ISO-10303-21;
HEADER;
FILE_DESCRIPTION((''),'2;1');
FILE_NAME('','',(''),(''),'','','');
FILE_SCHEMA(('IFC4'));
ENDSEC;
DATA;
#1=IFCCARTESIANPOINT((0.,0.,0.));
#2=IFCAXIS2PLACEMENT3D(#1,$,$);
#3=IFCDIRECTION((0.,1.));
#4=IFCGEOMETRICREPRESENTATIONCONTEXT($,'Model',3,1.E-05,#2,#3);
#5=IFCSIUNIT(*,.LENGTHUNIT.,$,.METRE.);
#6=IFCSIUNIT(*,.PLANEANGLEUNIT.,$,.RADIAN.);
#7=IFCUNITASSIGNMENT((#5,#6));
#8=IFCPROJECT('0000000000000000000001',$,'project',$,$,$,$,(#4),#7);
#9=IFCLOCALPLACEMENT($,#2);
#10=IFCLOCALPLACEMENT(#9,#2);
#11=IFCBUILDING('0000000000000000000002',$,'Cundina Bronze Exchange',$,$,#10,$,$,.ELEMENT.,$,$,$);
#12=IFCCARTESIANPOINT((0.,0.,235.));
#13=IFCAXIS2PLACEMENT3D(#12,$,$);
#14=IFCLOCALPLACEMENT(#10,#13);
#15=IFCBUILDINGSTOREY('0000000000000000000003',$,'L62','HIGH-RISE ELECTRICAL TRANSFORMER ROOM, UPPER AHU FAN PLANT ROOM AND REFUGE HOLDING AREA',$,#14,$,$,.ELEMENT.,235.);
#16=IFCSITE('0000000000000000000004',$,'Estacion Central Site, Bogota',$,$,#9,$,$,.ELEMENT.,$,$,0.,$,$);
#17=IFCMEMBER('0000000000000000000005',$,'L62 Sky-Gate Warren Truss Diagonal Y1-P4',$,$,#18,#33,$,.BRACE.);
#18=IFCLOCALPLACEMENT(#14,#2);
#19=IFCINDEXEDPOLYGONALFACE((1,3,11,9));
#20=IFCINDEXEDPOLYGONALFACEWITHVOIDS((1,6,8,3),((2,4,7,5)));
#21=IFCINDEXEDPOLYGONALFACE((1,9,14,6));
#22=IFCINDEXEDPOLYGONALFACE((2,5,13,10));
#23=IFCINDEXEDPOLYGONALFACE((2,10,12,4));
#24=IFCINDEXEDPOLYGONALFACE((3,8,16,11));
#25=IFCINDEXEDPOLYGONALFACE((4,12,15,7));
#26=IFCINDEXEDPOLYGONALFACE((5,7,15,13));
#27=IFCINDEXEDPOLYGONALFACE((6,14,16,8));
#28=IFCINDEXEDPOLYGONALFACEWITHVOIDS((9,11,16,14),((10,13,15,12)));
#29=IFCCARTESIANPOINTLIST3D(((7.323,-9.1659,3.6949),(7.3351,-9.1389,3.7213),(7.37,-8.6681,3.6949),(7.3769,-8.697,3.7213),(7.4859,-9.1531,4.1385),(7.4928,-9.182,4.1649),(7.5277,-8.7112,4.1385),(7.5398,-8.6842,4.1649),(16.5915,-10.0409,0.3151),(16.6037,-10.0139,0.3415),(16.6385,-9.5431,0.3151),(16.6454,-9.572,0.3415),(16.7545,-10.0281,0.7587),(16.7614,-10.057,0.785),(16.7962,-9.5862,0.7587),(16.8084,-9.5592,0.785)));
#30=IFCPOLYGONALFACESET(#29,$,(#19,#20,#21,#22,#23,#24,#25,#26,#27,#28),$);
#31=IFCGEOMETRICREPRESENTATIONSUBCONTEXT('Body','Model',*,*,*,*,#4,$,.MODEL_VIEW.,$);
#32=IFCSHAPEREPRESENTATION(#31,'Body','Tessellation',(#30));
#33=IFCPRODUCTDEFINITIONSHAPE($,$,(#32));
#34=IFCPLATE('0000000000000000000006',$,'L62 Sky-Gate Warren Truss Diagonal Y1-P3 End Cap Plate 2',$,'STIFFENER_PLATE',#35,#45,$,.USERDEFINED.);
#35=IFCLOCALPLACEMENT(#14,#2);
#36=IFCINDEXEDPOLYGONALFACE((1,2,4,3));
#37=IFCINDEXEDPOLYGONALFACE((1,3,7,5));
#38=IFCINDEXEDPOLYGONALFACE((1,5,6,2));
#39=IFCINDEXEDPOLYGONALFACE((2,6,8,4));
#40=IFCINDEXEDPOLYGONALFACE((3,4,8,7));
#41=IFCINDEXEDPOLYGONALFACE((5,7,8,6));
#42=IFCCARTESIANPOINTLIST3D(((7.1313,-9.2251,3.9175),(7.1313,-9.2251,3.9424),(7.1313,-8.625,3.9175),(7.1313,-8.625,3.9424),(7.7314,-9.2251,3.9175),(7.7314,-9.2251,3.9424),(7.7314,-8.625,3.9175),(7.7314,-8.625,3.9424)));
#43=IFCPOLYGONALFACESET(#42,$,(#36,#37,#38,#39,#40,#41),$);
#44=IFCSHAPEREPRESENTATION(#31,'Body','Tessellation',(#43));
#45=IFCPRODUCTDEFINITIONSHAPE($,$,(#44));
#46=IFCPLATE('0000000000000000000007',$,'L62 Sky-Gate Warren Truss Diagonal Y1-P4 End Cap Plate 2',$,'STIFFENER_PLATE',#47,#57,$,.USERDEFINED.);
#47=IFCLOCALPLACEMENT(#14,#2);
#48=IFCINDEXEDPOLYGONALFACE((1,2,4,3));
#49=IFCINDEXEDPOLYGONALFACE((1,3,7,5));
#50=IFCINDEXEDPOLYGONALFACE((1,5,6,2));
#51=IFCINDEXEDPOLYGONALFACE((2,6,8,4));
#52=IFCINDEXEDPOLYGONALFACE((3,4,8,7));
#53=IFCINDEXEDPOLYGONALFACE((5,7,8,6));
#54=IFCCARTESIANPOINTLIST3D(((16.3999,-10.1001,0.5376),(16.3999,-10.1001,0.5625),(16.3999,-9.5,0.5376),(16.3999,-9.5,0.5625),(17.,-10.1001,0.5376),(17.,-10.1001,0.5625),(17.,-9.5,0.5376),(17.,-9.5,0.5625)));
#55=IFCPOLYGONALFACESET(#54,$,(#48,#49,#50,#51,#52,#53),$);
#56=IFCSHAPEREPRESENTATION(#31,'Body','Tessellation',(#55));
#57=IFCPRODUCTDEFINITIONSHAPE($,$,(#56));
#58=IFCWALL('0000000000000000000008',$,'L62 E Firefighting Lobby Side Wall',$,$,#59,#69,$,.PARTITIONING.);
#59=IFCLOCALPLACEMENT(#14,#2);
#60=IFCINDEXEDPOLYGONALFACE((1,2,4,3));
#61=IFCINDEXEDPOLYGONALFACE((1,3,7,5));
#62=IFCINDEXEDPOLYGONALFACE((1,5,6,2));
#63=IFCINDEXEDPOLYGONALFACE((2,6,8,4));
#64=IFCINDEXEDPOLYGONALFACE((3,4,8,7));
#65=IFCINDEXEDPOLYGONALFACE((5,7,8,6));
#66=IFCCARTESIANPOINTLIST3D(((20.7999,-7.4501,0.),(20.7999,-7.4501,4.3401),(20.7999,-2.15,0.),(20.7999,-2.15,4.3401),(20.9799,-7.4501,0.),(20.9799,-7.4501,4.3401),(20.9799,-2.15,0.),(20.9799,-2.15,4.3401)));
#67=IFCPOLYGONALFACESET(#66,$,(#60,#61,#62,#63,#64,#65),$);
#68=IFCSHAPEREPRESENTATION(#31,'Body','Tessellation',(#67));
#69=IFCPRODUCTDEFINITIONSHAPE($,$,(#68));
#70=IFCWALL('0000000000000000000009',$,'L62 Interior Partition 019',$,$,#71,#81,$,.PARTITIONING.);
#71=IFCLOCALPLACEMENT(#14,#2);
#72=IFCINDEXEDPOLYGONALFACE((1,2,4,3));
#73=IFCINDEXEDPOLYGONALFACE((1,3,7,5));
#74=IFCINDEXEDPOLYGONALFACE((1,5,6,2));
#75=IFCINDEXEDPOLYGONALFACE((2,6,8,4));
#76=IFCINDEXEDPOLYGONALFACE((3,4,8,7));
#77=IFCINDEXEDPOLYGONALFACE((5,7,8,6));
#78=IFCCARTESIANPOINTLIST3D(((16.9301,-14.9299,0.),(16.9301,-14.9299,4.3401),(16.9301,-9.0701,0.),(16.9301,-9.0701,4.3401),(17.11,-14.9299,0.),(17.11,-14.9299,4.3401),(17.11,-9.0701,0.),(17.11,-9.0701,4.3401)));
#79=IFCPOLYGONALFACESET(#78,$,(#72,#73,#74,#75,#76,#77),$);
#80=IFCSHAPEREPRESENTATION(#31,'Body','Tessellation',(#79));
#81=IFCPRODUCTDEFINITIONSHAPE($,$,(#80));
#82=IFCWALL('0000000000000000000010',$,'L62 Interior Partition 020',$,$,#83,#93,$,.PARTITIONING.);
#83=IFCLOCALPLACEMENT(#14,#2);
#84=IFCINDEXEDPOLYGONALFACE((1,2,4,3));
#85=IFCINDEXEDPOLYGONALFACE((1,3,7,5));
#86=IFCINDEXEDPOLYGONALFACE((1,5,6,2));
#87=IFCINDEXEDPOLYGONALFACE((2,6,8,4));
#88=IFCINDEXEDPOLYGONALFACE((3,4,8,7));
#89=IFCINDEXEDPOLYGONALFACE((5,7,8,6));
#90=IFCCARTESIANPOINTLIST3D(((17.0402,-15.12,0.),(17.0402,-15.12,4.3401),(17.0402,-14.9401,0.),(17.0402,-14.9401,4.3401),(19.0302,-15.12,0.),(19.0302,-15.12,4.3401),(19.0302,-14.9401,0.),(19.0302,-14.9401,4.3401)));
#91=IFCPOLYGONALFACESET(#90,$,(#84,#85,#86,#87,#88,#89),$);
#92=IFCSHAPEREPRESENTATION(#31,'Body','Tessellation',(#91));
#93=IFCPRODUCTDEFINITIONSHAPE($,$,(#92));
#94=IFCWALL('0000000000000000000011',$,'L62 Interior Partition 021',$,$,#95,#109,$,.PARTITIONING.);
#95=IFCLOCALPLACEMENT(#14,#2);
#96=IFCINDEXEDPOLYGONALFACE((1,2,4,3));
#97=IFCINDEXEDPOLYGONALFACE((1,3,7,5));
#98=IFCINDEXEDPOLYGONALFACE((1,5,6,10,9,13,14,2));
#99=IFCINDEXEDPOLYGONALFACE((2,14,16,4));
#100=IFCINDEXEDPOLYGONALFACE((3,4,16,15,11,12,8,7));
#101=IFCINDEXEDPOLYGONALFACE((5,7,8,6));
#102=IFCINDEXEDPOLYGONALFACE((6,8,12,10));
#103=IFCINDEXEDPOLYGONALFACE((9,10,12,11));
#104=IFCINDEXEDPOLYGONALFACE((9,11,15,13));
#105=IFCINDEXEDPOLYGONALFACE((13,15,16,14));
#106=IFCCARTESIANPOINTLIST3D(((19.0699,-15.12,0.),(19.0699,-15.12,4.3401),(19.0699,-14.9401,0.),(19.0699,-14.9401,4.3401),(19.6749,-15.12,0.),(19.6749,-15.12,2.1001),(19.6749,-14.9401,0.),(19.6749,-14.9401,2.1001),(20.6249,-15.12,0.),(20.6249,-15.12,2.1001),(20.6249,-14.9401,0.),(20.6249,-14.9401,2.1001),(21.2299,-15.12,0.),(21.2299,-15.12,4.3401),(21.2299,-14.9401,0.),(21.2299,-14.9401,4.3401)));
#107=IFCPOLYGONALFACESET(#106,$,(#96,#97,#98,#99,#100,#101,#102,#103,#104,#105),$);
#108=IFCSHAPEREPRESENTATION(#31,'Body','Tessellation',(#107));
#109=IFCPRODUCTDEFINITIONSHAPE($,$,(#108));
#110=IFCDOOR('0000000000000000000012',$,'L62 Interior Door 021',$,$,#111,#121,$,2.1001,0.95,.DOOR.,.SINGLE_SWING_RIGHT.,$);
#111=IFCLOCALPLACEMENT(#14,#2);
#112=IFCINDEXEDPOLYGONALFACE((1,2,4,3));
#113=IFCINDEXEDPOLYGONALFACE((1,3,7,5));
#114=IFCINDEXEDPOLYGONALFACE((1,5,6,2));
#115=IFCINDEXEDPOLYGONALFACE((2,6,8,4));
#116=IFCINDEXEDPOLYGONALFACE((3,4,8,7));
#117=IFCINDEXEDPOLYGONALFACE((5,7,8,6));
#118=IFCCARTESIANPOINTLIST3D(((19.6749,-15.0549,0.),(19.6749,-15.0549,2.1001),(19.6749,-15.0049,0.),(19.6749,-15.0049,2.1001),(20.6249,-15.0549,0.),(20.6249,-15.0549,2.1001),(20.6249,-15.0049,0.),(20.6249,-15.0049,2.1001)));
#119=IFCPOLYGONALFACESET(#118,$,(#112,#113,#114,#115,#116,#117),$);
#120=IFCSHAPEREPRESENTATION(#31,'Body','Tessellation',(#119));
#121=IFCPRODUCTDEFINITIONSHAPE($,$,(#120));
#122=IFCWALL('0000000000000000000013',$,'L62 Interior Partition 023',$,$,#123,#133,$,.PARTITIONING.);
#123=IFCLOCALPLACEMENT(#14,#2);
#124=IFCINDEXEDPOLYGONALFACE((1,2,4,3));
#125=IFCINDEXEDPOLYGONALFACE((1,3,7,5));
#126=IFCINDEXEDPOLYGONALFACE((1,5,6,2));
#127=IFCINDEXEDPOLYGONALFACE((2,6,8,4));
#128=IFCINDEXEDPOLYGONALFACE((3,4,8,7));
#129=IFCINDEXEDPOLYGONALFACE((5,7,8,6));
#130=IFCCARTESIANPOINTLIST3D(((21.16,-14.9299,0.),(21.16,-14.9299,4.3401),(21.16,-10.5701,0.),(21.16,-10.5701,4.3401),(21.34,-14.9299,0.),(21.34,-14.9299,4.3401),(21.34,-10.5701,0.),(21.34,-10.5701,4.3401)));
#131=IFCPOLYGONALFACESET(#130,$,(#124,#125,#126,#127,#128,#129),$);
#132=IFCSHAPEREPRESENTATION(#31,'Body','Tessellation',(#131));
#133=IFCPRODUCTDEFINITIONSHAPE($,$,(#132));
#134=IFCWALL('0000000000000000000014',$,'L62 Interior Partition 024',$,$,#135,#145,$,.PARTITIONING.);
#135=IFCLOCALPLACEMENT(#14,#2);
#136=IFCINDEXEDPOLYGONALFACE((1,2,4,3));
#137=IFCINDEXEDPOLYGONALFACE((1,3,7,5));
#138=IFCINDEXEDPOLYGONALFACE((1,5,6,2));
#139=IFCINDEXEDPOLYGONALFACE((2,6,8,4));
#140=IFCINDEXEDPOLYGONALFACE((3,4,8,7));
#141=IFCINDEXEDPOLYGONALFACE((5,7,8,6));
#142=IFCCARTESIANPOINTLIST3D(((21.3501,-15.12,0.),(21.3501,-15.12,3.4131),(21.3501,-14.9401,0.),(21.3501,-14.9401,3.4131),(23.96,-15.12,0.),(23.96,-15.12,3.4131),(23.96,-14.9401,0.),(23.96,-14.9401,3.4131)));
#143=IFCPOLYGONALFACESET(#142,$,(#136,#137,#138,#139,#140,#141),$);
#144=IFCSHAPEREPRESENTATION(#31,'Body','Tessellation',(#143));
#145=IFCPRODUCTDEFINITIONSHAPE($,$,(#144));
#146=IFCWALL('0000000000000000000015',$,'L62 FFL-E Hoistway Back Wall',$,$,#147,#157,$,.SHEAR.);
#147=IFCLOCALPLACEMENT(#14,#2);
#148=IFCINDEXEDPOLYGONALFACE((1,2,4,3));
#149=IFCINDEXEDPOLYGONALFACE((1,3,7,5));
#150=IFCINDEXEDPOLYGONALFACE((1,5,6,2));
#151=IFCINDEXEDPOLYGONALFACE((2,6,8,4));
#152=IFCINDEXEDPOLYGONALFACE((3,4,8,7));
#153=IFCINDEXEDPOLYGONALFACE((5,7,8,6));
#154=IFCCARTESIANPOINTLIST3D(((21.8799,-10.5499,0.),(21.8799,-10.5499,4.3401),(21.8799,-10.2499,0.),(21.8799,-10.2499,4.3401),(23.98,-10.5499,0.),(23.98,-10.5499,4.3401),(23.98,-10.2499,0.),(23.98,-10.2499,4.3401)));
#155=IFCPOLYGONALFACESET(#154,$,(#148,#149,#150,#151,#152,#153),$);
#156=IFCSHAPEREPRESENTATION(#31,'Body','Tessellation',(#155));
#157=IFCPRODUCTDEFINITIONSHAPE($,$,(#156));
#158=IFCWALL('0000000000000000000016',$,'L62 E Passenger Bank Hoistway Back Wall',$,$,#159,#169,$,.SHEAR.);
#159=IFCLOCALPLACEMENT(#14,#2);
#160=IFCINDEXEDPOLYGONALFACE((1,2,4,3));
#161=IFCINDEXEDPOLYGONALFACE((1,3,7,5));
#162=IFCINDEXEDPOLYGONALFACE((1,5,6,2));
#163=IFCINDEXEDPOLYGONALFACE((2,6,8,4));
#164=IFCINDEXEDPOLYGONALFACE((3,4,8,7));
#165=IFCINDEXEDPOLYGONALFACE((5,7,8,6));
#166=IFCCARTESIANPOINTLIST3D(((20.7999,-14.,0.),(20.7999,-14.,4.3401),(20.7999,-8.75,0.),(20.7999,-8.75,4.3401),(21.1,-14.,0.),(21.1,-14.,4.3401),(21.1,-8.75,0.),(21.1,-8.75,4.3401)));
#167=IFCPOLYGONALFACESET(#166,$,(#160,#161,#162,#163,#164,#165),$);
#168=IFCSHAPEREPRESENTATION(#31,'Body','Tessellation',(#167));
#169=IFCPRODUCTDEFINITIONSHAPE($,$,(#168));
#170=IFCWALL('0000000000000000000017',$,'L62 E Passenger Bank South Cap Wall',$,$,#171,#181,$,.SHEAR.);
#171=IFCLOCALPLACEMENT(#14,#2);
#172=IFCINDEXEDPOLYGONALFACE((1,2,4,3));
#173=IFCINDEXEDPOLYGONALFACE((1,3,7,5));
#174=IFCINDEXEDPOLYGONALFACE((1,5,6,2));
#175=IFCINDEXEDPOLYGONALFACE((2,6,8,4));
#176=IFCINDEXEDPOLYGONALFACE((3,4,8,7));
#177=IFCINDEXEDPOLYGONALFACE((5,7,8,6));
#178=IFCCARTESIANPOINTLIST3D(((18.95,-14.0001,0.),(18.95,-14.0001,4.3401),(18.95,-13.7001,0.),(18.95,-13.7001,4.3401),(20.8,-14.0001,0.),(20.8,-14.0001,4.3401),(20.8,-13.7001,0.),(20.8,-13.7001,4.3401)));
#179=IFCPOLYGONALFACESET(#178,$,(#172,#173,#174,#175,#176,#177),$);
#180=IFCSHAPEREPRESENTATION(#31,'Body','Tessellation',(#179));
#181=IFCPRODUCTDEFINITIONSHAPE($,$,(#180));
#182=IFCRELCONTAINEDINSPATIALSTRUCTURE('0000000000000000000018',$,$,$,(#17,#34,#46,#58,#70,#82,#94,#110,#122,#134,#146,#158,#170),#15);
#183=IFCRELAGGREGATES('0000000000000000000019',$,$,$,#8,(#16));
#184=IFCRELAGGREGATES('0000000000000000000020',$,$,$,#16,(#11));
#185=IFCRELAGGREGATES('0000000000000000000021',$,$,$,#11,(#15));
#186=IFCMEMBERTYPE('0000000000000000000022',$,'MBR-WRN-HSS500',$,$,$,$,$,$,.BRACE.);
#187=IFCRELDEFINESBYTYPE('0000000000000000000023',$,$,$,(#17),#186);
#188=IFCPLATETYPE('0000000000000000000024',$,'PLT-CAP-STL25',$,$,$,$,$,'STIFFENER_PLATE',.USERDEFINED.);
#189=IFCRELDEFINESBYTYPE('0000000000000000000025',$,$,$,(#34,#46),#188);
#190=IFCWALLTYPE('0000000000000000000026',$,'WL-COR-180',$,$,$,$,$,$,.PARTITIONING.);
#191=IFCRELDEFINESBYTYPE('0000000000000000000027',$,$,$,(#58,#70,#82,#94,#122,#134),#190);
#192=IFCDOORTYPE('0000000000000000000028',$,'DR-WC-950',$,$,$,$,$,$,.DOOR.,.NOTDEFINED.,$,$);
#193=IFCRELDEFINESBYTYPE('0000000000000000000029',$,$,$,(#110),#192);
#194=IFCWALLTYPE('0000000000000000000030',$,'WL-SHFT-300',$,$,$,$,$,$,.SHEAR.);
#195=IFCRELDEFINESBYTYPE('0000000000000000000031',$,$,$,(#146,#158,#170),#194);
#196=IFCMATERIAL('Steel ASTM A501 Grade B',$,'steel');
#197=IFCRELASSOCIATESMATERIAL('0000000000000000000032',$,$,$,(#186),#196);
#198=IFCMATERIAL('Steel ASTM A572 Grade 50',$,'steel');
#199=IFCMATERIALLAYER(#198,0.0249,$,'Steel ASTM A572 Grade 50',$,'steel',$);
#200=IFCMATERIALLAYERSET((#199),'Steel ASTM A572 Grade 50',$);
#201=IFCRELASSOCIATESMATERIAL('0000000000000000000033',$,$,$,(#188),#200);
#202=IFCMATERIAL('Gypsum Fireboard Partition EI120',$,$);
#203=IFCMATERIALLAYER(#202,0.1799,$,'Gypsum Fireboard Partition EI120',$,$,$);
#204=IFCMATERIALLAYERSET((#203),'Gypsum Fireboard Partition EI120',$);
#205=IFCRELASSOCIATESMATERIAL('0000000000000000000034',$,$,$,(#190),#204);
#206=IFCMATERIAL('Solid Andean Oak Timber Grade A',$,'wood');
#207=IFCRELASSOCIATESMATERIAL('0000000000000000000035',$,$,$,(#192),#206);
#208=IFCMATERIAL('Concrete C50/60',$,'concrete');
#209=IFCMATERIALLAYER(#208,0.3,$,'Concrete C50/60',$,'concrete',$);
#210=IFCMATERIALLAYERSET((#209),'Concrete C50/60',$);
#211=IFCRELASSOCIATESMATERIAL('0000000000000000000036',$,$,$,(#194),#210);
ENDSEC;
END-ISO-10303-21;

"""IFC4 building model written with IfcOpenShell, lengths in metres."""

from ifc_helpers import new_model, si_unit, direction, frame, frame_2d, origin, origin_2d, place, context, subcontext, project, spatial, rectangle, hollow_rectangle, extrude, material, layer, layer_set, material_profile, profile_set, type_object, element, fill, save


model = new_model("IFC4")

# Units and contexts
model_context = context("Model", 3, precision=1e-05, world=origin(), true_north=direction((0.0, 1.0)))
body_context = subcontext(model_context, "Body", "Model", "MODEL_VIEW")
ifc_project = project(units=[si_unit("LENGTHUNIT", "METRE"), si_unit("PLANEANGLEUNIT", "RADIAN")], contexts=[model_context])

# Site, building, storey
site_placement = place(None, origin())
site = spatial("IfcSite", under=ifc_project, at=site_placement, Name="Estacion Central Site, Bogota", CompositionType="ELEMENT", RefElevation=0.0)
building_placement = place(site_placement, origin())
building = spatial("IfcBuilding", under=site, at=building_placement, Name="Cundina Bronze Exchange", CompositionType="ELEMENT")
storey_placement = place(building_placement, frame((0.0, 0.0, 235.0)))
storey = spatial("IfcBuildingStorey", under=building, at=storey_placement, Name="L62", Description="HIGH-RISE ELECTRICAL TRANSFORMER ROOM, UPPER AHU FAN PLANT ROOM AND REFUGE HOLDING AREA", CompositionType="ELEMENT", Elevation=235.0)

# Shared definitions
ifc_material_1 = material(Name="Concrete C50/60", Category="concrete")

# Member
ifc_material_2 = material(Name="Steel ASTM A501 Grade B", Category="steel")
ifc_material_profile_1 = material_profile(ifc_material_2, hollow_rectangle(XDim=0.5, YDim=0.5, WallThickness=0.0281, at=origin_2d()), Name="HSS500X500X28", Category="steel")
ifc_profile_set_1 = profile_set([ifc_material_profile_1], Name="Steel ASTM A501 Grade B")
member_type = type_object("IfcMemberType", Name="MBR-WRN-HSS500", PredefinedType="BRACE", material=ifc_profile_set_1)
member_placement = place(storey_placement, frame((7.4314, -8.925, 3.9299), z_axis=(0.93581, -0.088345, -0.341254), x_axis=(0.093987, 0.995573, 0.0)))
element("IfcMember", 1, at=member_placement, inside=storey, type_object=member_type, Name="L62 Sky-Gate Warren Truss Diagonal Y1-P4", PredefinedType="BRACE", context=body_context, shape_type="SweptSolid", body=[
    extrude(hollow_rectangle(XDim=0.5, YDim=0.5, WallThickness=0.0281, at=origin_2d()), origin(), (0.0, 0.0, 1.0), 9.9043),
])

# Plates
ifc_material_3 = material(Name="Steel ASTM A572 Grade 50", Category="steel")
ifc_layer_1 = layer(ifc_material_3, 0.0249, Name="Steel ASTM A572 Grade 50", Category="steel")
ifc_layer_set_1 = layer_set([ifc_layer_1], Name="Steel ASTM A572 Grade 50")
plate_type = type_object("IfcPlateType", Name="PLT-CAP-STL25", ElementType="STIFFENER_PLATE", PredefinedType="USERDEFINED", material=ifc_layer_set_1)
for number, where, z_axis, x_axis, name in (
    (2, (7.4314, -8.925, 3.9175), (0.0, 0.0, 1.0), (1.0, 0.0, 0.0), "L62 Sky-Gate Warren Truss Diagonal Y1-P3 End Cap Plate 2"),
    (3, (16.7, -9.8, 0.5376), (0.0, 0.0, 1.0), (1.0, 0.0, 0.0), "L62 Sky-Gate Warren Truss Diagonal Y1-P4 End Cap Plate 2"),
):
    element("IfcPlate", number, at=place(storey_placement, frame(where, z_axis=z_axis, x_axis=x_axis)), inside=storey, type_object=plate_type, Name=name, ObjectType="STIFFENER_PLATE", PredefinedType="USERDEFINED", context=body_context, shape_type="SweptSolid", body=[
        extrude(rectangle(XDim=0.6001, YDim=0.6001, at=origin_2d()), origin(), (0.0, 0.0, 1.0), 0.0249),
    ])

# Walls
ifc_material_4 = material(Name="Gypsum Fireboard Partition EI120")
ifc_layer_2 = layer(ifc_material_4, 0.1799, Name="Gypsum Fireboard Partition EI120")
ifc_layer_set_2 = layer_set([ifc_layer_2], Name="Gypsum Fireboard Partition EI120")
wall_type_1 = type_object("IfcWallType", Name="WL-COR-180", PredefinedType="PARTITIONING", material=ifc_layer_set_2)
wall_1_placement = place(storey_placement, frame((20.8899, -7.45, 0.0), z_axis=(0.0, 0.0, 1.0), x_axis=(0.0, 1.0, 0.0)))
element("IfcWall", 4, at=wall_1_placement, inside=storey, type_object=wall_type_1, Name="L62 E Firefighting Lobby Side Wall", PredefinedType="PARTITIONING", context=body_context, shape_type="SweptSolid", body=[
    extrude(rectangle(XDim=5.3, YDim=0.1799, at=frame_2d((2.6499, 0.0))), origin(), (0.0, 0.0, 1.0), 4.3401),
])
wall_2_placement = place(storey_placement, frame((17.02, -14.9299, 0.0), z_axis=(0.0, 0.0, 1.0), x_axis=(0.0, 1.0, 0.0)))
element("IfcWall", 5, at=wall_2_placement, inside=storey, type_object=wall_type_1, Name="L62 Interior Partition 019", PredefinedType="PARTITIONING", context=body_context, shape_type="SweptSolid", body=[
    extrude(rectangle(XDim=5.8599, YDim=0.1799, at=frame_2d((2.9299, 0.0))), origin(), (0.0, 0.0, 1.0), 4.3401),
])
wall_3_placement = place(storey_placement, frame((17.04, -15.03, 0.0), z_axis=(0.0, 0.0, 1.0), x_axis=(1.0, 0.0, 0.0)))
element("IfcWall", 6, at=wall_3_placement, inside=storey, type_object=wall_type_1, Name="L62 Interior Partition 020", PredefinedType="PARTITIONING", context=body_context, shape_type="SweptSolid", body=[
    extrude(rectangle(XDim=1.99, YDim=0.1799, at=frame_2d((0.9951, 0.0))), origin(), (0.0, 0.0, 1.0), 4.3401),
])

# Wall, opening, door
wall_4_placement = place(storey_placement, frame((21.23, -15.03, 0.0), z_axis=(0.0, 0.0, 1.0), x_axis=(-1.0, 0.0, 0.0)))
wall_4 = element("IfcWall", 7, at=wall_4_placement, inside=storey, type_object=wall_type_1, Name="L62 Interior Partition 021", PredefinedType="PARTITIONING", context=body_context, shape_type="SweptSolid", body=[
    extrude(rectangle(XDim=2.1599, YDim=0.1799, at=frame_2d((1.0801, 0.0))), origin(), (0.0, 0.0, 1.0), 4.3401),
])
opening_1_placement = place(wall_4_placement, frame((0.605, 0.0, 0.0)))
opening_1 = element("IfcOpeningElement", 8, at=opening_1_placement, cuts=wall_4, PredefinedType="OPENING", context=body_context, shape_type="SweptSolid", body=[
    extrude(rectangle(XDim=0.95, YDim=2.1001, at=frame_2d((0.4751, 1.05))), frame((0.0, 0.0999, 0.0), z_axis=(0.0, -1.0, 0.0), x_axis=(1.0, 0.0, 0.0)), (0.0, 0.0, 1.0), 0.2),
])
ifc_material_5 = material(Name="Solid Andean Oak Timber Grade A", Category="wood")
door_type_1 = type_object("IfcDoorType", Name="DR-WC-950", OperationType="NOTDEFINED", PredefinedType="DOOR", material=ifc_material_5)
door_1_placement = place(opening_1_placement, origin())
door_1 = element("IfcDoor", 9, at=door_1_placement, inside=storey, type_object=door_type_1, Name="L62 Interior Door 021", OperationType="SINGLE_SWING_RIGHT", OverallHeight=2.1001, OverallWidth=0.95, PredefinedType="DOOR", context=body_context, shape_type="SweptSolid", body=[
    extrude(rectangle(XDim=0.95, YDim=2.1001, at=frame_2d((0.4751, 1.05))), frame((0.0, 0.0249, 0.0), z_axis=(0.0, -1.0, 0.0), x_axis=(1.0, 0.0, 0.0)), (0.0, 0.0, 1.0), 0.05),
])
fill(opening_1, door_1)

# Walls
wall_5_placement = place(storey_placement, frame((21.25, -14.9299, 0.0), z_axis=(0.0, 0.0, 1.0), x_axis=(0.0, 1.0, 0.0)))
element("IfcWall", 10, at=wall_5_placement, inside=storey, type_object=wall_type_1, Name="L62 Interior Partition 023", PredefinedType="PARTITIONING", context=body_context, shape_type="SweptSolid", body=[
    extrude(rectangle(XDim=4.3599, YDim=0.1799, at=frame_2d((2.1799, 0.0))), origin(), (0.0, 0.0, 1.0), 4.3401),
])
wall_6_placement = place(storey_placement, frame((21.3501, -15.03, 0.0), z_axis=(0.0, 0.0, 1.0), x_axis=(1.0, 0.0, 0.0)))
element("IfcWall", 11, at=wall_6_placement, inside=storey, type_object=wall_type_1, Name="L62 Interior Partition 024", PredefinedType="PARTITIONING", context=body_context, shape_type="SweptSolid", body=[
    extrude(rectangle(XDim=2.6099, YDim=0.1799, at=frame_2d((1.3049, 0.0))), origin(), (0.0, 0.0, 1.0), 3.4131),
])
ifc_layer_3 = layer(ifc_material_1, 0.3, Name="Concrete C50/60", Category="concrete")
ifc_layer_set_3 = layer_set([ifc_layer_3], Name="Concrete C50/60")
wall_type_2 = type_object("IfcWallType", Name="WL-SHFT-300", PredefinedType="SHEAR", material=ifc_layer_set_3)
wall_7_placement = place(storey_placement, frame((21.8799, -10.3999, 0.0), z_axis=(0.0, 0.0, 1.0), x_axis=(1.0, 0.0, 0.0)))
element("IfcWall", 12, at=wall_7_placement, inside=storey, type_object=wall_type_2, Name="L62 FFL-E Hoistway Back Wall", PredefinedType="SHEAR", context=body_context, shape_type="SweptSolid", body=[
    extrude(rectangle(XDim=2.1001, YDim=0.3, at=frame_2d((1.05, 0.0))), origin(), (0.0, 0.0, 1.0), 4.3401),
])
wall_8_placement = place(storey_placement, frame((20.95, -14.0, 0.0), z_axis=(0.0, 0.0, 1.0), x_axis=(0.0, 1.0, 0.0)))
element("IfcWall", 13, at=wall_8_placement, inside=storey, type_object=wall_type_2, Name="L62 E Passenger Bank Hoistway Back Wall", PredefinedType="SHEAR", context=body_context, shape_type="SweptSolid", body=[
    extrude(rectangle(XDim=5.25, YDim=0.3, at=frame_2d((2.625, 0.0))), origin(), (0.0, 0.0, 1.0), 4.3401),
])
wall_9_placement = place(storey_placement, frame((18.95, -13.8501, 0.0), z_axis=(0.0, 0.0, 1.0), x_axis=(1.0, 0.0, 0.0)))
element("IfcWall", 14, at=wall_9_placement, inside=storey, type_object=wall_type_2, Name="L62 E Passenger Bank South Cap Wall", PredefinedType="SHEAR", context=body_context, shape_type="SweptSolid", body=[
    extrude(rectangle(XDim=1.8501, YDim=0.3, at=frame_2d((0.925, 0.0))), origin(), (0.0, 0.0, 1.0), 4.3401),
])

save(model, "model.ifc")
